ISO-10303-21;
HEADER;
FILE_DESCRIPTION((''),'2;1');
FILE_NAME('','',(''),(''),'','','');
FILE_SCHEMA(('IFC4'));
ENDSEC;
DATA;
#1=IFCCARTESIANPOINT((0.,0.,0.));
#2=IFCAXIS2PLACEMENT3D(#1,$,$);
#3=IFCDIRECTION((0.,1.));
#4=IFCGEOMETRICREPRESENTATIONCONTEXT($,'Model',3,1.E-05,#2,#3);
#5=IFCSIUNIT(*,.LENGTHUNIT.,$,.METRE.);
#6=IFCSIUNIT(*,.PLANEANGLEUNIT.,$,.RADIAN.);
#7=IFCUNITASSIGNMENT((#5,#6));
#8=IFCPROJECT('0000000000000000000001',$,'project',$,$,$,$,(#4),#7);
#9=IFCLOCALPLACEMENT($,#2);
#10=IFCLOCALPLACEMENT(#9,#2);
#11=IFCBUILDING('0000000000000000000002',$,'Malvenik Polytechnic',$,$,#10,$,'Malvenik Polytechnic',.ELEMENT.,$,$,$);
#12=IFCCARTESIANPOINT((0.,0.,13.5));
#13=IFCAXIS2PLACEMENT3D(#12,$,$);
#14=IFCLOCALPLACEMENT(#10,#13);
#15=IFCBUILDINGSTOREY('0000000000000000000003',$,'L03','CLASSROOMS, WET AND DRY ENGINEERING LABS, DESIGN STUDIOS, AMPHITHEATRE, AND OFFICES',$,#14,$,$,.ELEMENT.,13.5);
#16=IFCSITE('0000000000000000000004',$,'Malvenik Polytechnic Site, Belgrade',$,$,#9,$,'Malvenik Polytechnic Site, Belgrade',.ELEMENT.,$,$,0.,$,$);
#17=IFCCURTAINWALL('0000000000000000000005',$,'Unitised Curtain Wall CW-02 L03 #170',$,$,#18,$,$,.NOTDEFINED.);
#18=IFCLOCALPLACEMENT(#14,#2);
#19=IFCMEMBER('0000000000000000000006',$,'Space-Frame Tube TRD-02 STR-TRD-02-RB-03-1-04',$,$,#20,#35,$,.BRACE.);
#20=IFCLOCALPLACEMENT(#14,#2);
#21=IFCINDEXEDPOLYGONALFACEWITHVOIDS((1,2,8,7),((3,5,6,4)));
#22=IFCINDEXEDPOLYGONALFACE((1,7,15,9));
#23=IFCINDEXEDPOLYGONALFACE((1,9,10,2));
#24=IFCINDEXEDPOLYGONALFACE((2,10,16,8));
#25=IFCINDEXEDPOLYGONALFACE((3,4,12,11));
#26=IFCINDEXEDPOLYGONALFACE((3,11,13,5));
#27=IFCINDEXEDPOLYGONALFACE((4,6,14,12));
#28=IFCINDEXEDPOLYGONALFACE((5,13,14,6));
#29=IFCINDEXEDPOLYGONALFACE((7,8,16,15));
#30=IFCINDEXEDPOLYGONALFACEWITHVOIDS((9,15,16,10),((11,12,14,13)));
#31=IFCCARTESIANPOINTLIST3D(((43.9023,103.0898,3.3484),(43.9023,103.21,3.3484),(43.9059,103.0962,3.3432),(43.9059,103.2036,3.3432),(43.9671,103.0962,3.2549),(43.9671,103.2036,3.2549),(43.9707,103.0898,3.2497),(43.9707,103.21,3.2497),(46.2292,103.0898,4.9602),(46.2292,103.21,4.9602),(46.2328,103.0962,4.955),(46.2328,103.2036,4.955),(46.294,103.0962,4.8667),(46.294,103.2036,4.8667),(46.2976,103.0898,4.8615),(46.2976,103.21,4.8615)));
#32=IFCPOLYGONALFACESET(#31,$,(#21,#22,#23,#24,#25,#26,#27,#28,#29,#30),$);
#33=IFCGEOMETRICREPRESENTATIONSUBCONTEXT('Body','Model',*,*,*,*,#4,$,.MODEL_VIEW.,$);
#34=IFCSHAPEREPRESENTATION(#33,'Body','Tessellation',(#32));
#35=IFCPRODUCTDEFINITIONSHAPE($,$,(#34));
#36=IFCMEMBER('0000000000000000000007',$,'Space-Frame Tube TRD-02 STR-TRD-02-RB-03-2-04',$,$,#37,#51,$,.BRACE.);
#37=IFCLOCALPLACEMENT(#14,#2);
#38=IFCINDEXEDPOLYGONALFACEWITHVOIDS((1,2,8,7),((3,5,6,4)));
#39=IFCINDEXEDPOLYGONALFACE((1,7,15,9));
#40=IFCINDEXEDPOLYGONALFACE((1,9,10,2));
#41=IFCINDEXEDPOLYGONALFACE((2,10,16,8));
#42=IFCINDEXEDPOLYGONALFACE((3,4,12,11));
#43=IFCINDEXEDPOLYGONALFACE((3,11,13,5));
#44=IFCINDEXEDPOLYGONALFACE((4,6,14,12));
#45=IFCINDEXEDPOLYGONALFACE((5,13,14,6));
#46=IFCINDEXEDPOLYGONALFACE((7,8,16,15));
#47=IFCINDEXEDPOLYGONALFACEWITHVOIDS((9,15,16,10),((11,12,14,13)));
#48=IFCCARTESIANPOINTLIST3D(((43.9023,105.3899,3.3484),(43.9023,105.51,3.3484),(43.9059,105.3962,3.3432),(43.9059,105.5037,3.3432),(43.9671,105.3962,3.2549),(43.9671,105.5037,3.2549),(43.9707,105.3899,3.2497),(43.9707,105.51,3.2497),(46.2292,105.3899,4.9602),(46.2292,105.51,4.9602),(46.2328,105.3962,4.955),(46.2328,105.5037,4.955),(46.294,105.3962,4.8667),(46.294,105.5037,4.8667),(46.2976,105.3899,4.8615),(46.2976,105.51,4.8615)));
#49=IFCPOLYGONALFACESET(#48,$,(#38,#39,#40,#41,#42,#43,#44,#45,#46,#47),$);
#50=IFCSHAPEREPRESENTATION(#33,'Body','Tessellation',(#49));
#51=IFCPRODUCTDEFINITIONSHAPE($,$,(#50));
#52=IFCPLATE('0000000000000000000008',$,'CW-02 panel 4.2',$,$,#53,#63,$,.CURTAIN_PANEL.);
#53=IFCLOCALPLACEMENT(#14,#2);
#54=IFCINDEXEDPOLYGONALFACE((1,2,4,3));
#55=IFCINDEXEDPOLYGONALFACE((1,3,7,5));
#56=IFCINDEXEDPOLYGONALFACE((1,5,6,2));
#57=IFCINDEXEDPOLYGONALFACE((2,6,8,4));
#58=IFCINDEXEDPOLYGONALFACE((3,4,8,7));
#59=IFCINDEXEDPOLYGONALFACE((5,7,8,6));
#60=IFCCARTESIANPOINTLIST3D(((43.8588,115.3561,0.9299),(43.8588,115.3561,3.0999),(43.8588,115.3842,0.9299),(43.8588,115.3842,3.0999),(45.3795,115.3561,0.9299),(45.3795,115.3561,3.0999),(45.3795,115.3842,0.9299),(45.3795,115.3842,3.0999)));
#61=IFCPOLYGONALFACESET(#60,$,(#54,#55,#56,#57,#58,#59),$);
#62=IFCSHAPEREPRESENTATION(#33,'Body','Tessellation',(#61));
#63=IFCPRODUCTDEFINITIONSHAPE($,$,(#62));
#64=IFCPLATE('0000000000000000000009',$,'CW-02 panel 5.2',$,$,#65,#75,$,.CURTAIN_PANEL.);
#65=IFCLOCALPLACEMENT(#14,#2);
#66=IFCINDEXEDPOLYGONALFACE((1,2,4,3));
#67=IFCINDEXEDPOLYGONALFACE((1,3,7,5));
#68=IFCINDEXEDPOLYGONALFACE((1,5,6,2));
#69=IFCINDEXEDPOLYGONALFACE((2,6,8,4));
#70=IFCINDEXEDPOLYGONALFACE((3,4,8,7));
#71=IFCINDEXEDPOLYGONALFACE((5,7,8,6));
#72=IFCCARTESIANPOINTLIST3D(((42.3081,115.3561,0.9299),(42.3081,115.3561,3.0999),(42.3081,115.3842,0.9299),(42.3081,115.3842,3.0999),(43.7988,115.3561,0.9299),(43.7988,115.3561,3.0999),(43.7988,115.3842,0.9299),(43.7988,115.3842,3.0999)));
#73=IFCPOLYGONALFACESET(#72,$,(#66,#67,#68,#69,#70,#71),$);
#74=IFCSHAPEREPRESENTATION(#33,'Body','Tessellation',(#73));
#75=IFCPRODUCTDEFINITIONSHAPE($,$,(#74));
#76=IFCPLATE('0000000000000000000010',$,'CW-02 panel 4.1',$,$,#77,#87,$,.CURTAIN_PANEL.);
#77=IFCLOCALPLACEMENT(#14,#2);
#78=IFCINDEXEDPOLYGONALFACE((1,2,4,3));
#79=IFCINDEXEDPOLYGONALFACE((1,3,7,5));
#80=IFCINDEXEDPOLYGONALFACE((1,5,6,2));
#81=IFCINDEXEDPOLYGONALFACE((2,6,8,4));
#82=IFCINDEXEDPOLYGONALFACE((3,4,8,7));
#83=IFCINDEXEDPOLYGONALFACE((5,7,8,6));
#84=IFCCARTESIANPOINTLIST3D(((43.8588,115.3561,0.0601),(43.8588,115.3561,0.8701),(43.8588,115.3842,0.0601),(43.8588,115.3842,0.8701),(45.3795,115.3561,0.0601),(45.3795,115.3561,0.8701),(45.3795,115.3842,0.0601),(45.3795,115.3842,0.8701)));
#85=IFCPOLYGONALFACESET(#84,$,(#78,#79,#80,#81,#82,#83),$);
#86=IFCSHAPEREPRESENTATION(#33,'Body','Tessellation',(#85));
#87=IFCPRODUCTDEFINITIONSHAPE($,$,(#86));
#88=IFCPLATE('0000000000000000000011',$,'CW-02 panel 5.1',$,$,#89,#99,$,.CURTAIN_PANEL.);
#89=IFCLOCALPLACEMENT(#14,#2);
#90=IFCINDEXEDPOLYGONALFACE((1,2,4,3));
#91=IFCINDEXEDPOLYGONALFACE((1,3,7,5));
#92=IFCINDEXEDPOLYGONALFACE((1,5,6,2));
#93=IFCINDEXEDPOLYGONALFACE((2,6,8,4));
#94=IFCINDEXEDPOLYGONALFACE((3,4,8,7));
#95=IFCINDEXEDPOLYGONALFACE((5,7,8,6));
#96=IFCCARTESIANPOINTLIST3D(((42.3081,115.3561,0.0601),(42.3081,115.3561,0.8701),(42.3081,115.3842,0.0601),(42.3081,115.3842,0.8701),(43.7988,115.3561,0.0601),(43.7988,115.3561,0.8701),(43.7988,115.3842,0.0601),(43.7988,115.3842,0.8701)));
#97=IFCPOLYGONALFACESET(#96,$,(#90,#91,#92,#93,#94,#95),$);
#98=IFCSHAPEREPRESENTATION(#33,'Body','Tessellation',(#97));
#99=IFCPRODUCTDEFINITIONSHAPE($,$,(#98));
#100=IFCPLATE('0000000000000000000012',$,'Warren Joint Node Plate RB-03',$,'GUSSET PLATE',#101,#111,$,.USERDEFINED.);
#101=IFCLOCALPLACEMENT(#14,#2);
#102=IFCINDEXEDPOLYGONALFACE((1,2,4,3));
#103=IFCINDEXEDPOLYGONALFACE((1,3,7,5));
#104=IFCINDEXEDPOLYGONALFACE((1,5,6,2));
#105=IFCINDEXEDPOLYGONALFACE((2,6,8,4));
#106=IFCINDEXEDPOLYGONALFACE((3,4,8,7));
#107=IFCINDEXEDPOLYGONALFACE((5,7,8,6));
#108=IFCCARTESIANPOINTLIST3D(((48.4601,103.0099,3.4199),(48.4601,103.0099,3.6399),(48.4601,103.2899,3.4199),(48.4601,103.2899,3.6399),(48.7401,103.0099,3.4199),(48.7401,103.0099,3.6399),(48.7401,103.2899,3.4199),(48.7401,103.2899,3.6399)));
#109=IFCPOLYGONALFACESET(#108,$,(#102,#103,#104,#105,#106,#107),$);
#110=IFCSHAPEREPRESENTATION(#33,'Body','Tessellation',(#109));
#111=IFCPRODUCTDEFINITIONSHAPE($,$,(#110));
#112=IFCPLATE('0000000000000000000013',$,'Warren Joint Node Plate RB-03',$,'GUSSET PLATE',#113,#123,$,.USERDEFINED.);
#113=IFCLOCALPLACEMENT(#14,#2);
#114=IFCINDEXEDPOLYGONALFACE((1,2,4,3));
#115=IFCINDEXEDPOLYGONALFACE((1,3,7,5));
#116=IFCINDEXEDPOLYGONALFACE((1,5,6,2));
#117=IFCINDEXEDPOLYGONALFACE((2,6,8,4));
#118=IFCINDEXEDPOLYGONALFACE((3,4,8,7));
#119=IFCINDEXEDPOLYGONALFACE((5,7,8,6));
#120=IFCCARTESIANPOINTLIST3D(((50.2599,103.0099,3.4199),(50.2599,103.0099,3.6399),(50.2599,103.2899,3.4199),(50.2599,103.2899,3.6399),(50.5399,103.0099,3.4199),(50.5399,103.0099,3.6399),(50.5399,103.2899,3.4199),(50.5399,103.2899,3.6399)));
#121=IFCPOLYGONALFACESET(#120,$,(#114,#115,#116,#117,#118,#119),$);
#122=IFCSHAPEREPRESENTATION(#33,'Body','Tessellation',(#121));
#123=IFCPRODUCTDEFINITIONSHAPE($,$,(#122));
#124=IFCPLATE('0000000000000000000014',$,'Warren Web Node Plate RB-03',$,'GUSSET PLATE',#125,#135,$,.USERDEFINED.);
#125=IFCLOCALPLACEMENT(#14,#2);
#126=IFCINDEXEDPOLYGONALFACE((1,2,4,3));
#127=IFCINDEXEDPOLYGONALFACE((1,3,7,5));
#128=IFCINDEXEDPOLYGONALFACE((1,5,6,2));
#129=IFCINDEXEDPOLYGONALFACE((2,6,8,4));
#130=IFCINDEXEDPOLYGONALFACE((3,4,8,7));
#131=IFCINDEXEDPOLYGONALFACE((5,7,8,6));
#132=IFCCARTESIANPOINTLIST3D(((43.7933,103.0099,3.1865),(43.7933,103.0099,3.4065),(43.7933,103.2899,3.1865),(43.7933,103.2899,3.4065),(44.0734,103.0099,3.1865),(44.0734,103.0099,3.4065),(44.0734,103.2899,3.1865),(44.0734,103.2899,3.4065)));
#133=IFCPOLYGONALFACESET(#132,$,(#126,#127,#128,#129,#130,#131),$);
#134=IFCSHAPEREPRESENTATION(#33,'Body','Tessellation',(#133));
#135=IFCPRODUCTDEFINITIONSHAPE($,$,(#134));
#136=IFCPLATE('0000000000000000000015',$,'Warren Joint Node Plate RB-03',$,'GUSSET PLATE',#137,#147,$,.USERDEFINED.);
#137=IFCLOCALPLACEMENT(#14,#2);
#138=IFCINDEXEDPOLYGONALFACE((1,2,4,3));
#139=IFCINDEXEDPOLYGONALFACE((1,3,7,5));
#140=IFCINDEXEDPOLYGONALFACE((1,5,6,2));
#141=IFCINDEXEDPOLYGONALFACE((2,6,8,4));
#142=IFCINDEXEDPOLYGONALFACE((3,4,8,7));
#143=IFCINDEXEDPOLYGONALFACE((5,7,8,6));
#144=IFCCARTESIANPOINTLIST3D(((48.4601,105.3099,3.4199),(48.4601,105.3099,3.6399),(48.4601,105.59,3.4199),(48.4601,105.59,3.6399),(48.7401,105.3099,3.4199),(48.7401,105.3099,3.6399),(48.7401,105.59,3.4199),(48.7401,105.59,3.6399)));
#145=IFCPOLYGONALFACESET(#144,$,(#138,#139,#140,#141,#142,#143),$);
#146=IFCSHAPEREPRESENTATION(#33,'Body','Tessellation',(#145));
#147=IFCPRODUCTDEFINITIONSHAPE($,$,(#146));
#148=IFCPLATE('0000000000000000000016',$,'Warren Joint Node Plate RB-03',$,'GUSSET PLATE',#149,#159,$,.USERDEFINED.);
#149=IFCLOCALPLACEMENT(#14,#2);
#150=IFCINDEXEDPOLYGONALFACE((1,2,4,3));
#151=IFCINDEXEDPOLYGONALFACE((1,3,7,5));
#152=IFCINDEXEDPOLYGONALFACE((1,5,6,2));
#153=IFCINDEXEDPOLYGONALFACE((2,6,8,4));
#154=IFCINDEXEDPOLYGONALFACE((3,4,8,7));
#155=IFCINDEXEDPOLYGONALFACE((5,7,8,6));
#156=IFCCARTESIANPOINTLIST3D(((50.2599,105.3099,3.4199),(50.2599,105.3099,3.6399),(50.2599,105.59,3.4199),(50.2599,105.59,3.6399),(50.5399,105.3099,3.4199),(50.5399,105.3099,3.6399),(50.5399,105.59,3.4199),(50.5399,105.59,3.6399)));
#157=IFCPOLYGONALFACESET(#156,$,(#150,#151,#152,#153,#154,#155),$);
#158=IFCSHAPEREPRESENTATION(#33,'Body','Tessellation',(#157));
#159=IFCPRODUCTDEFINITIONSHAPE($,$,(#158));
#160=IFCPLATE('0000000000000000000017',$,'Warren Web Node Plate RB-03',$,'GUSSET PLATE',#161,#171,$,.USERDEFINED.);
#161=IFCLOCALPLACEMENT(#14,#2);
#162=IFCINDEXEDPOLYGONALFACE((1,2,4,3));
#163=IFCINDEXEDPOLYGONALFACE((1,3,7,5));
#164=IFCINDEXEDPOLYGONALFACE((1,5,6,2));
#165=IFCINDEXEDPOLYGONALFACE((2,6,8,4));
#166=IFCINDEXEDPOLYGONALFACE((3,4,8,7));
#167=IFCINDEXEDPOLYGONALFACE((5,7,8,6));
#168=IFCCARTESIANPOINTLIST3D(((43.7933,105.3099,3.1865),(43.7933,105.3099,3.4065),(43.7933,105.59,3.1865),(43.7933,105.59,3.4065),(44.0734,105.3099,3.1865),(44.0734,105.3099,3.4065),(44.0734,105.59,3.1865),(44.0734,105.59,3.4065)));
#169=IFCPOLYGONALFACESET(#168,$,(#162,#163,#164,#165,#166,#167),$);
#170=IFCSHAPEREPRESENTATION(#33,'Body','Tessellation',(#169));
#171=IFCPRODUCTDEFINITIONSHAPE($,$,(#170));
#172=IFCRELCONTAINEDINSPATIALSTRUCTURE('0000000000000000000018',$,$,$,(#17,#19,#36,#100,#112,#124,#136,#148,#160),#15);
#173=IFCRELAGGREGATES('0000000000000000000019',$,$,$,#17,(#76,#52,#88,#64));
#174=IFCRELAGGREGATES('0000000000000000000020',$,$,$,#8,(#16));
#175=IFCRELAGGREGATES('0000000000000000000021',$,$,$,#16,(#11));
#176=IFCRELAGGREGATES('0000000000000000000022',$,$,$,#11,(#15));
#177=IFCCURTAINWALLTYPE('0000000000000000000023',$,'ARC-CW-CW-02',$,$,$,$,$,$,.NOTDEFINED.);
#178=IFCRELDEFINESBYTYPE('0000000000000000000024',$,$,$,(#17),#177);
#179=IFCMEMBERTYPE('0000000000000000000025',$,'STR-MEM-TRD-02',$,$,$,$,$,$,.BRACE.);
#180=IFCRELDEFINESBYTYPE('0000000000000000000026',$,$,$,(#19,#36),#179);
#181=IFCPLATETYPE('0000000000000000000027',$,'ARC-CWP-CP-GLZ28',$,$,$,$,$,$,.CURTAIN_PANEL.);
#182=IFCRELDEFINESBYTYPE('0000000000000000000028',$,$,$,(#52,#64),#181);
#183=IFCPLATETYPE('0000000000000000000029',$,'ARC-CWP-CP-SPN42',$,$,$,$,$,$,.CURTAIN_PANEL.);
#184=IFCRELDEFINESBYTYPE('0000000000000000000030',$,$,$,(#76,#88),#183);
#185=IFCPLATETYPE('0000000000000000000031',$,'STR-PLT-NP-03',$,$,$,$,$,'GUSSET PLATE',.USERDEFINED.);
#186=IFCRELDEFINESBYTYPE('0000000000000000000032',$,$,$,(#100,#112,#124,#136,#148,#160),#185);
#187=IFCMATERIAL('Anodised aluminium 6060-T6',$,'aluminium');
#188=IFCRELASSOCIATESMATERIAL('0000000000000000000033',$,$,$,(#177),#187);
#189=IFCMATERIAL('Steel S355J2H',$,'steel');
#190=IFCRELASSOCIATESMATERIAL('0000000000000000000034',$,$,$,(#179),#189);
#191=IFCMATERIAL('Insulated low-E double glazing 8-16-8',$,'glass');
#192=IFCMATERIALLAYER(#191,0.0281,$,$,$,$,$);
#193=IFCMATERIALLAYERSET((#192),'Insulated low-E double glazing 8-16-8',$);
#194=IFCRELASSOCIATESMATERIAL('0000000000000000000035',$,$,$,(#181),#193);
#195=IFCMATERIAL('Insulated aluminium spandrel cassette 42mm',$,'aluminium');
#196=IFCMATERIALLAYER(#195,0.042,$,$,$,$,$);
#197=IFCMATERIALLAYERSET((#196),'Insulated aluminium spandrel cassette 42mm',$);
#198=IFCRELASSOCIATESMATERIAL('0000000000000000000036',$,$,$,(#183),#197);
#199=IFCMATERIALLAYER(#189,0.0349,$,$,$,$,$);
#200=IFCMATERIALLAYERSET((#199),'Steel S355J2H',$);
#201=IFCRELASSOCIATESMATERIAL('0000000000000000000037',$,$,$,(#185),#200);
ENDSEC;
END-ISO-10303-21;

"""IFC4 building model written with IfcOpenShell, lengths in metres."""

from ifc_helpers import new_model, si_unit, direction, frame, origin, origin_2d, place, context, subcontext, project, spatial, rectangle, hollow_rectangle, extrude, material, layer, layer_set, material_profile, profile_set, type_object, element, aggregate, save


model = new_model("IFC4")

# Units and contexts
model_context = context("Model", 3, precision=1e-05, world=origin(), true_north=direction((0.0, 1.0)))
body_context = subcontext(model_context, "Body", "Model", "MODEL_VIEW")
ifc_project = project(units=[si_unit("LENGTHUNIT", "METRE"), si_unit("PLANEANGLEUNIT", "RADIAN")], contexts=[model_context])

# Site, building, storey
site_placement = place(None, origin())
site = spatial("IfcSite", under=ifc_project, at=site_placement, Name="Malvenik Polytechnic Site, Belgrade", LongName="Malvenik Polytechnic Site, Belgrade", CompositionType="ELEMENT", RefElevation=0.0)
building_placement = place(site_placement, origin())
building = spatial("IfcBuilding", under=site, at=building_placement, Name="Malvenik Polytechnic", LongName="Malvenik Polytechnic", CompositionType="ELEMENT")
storey_placement = place(building_placement, frame((0.0, 0.0, 13.5)))
storey = spatial("IfcBuildingStorey", under=building, at=storey_placement, Name="L03", Description="CLASSROOMS, WET AND DRY ENGINEERING LABS, DESIGN STUDIOS, AMPHITHEATRE, AND OFFICES", CompositionType="ELEMENT", Elevation=13.5)

# Shared definitions
ifc_material_1 = material(Name="Steel S355J2H", Category="steel")

# Curtain wall
ifc_material_2 = material(Name="Anodised aluminium 6060-T6", Category="aluminium")
curtain_wall_type = type_object("IfcCurtainWallType", Name="ARC-CW-CW-02", PredefinedType="NOTDEFINED", material=ifc_material_2)
curtain_wall_placement = place(storey_placement, origin())
curtain_wall = element("IfcCurtainWall", 1, at=curtain_wall_placement, inside=storey, type_object=curtain_wall_type, Name="Unitised Curtain Wall CW-02 L03 #170", PredefinedType="NOTDEFINED")

# Members
ifc_material_profile_1 = material_profile(ifc_material_1, hollow_rectangle(XDim=0.1201, YDim=0.1201, WallThickness=0.0063, at=origin_2d()), Name="SHS 120x120x6.3")
ifc_profile_set_1 = profile_set([ifc_material_profile_1], Name="Steel S355J2H")
member_type_1 = type_object("IfcMemberType", Name="STR-MEM-TRD-02", PredefinedType="BRACE", material=ifc_profile_set_1)
for number, where, z_axis, x_axis, name in (
    (2, (43.9365, 103.1499, 3.2991), (0.822046, 0.0, 0.569421), (0.0, 1.0, 0.0), "Space-Frame Tube TRD-02 STR-TRD-02-RB-03-1-04"),
    (3, (43.9365, 105.45, 3.2991), (0.822046, 0.0, 0.569421), (0.0, 1.0, 0.0), "Space-Frame Tube TRD-02 STR-TRD-02-RB-03-2-04"),
):
    element("IfcMember", number, at=place(storey_placement, frame(where, z_axis=z_axis, x_axis=x_axis)), inside=storey, type_object=member_type_1, Name=name, PredefinedType="BRACE", context=body_context, shape_type="SweptSolid", body=[
        extrude(hollow_rectangle(XDim=0.1201, YDim=0.1201, WallThickness=0.0063, at=origin_2d()), origin(), (0.0, 0.0, 1.0), 2.8306),
    ])

# Plates
ifc_material_3 = material(Name="Insulated low-E double glazing 8-16-8", Category="glass")
ifc_layer_1 = layer(ifc_material_3, 0.0281)
ifc_layer_set_1 = layer_set([ifc_layer_1], Name="Insulated low-E double glazing 8-16-8")
plate_type_1 = type_object("IfcPlateType", Name="ARC-CWP-CP-GLZ28", PredefinedType="CURTAIN_PANEL", material=ifc_layer_set_1)
plate_1_placement = place(storey_placement, frame((44.6191, 115.3701, 0.9299), z_axis=(0.0, 0.0, 1.0), x_axis=(-1.0, 0.0, 0.0)))
plate_1 = element("IfcPlate", 4, at=plate_1_placement, type_object=plate_type_1, Name="CW-02 panel 4.2", PredefinedType="CURTAIN_PANEL", context=body_context, shape_type="SweptSolid", body=[
    extrude(rectangle(XDim=1.5208, YDim=0.0281, at=origin_2d()), origin(), (0.0, 0.0, 1.0), 2.1699),
])
plate_2_placement = place(storey_placement, frame((43.0535, 115.3701, 0.9299), z_axis=(0.0, 0.0, 1.0), x_axis=(-1.0, 0.0, 0.0)))
plate_2 = element("IfcPlate", 5, at=plate_2_placement, type_object=plate_type_1, Name="CW-02 panel 5.2", PredefinedType="CURTAIN_PANEL", context=body_context, shape_type="SweptSolid", body=[
    extrude(rectangle(XDim=1.4907, YDim=0.0281, at=origin_2d()), origin(), (0.0, 0.0, 1.0), 2.1699),
])
ifc_material_4 = material(Name="Insulated aluminium spandrel cassette 42mm", Category="aluminium")
ifc_layer_2 = layer(ifc_material_4, 0.042)
ifc_layer_set_2 = layer_set([ifc_layer_2], Name="Insulated aluminium spandrel cassette 42mm")
plate_type_2 = type_object("IfcPlateType", Name="ARC-CWP-CP-SPN42", PredefinedType="CURTAIN_PANEL", material=ifc_layer_set_2)
plate_3_placement = place(storey_placement, frame((44.6191, 115.3701, 0.0601), z_axis=(0.0, 0.0, 1.0), x_axis=(-1.0, 0.0, 0.0)))
plate_3 = element("IfcPlate", 6, at=plate_3_placement, type_object=plate_type_2, Name="CW-02 panel 4.1", PredefinedType="CURTAIN_PANEL", context=body_context, shape_type="SweptSolid", body=[
    extrude(rectangle(XDim=1.5208, YDim=0.0281, at=origin_2d()), origin(), (0.0, 0.0, 1.0), 0.8101),
])
plate_4_placement = place(storey_placement, frame((43.0535, 115.3701, 0.0601), z_axis=(0.0, 0.0, 1.0), x_axis=(-1.0, 0.0, 0.0)))
plate_4 = element("IfcPlate", 7, at=plate_4_placement, type_object=plate_type_2, Name="CW-02 panel 5.1", PredefinedType="CURTAIN_PANEL", context=body_context, shape_type="SweptSolid", body=[
    extrude(rectangle(XDim=1.4907, YDim=0.0281, at=origin_2d()), origin(), (0.0, 0.0, 1.0), 0.8101),
])
aggregate(curtain_wall, [plate_3, plate_1, plate_4, plate_2])

# Plates
ifc_layer_3 = layer(ifc_material_1, 0.0349)
ifc_layer_set_3 = layer_set([ifc_layer_3], Name="Steel S355J2H")
plate_type_3 = type_object("IfcPlateType", Name="STR-PLT-NP-03", ElementType="GUSSET PLATE", PredefinedType="USERDEFINED", material=ifc_layer_set_3)
for number, where, z_axis, x_axis, name in (
    (8, (48.6001, 103.1499, 3.4199), (0.0, 0.0, 1.0), (1.0, 0.0, 0.0), "Warren Joint Node Plate RB-03"),
    (9, (50.3999, 103.1499, 3.4199), (0.0, 0.0, 1.0), (1.0, 0.0, 0.0), "Warren Joint Node Plate RB-03"),
    (10, (43.9333, 103.1499, 3.1865), (0.0, 0.0, 1.0), (1.0, 0.0, 0.0), "Warren Web Node Plate RB-03"),
    (11, (48.6001, 105.45, 3.4199), (0.0, 0.0, 1.0), (1.0, 0.0, 0.0), "Warren Joint Node Plate RB-03"),
    (12, (50.3999, 105.45, 3.4199), (0.0, 0.0, 1.0), (1.0, 0.0, 0.0), "Warren Joint Node Plate RB-03"),
    (13, (43.9333, 105.45, 3.1865), (0.0, 0.0, 1.0), (1.0, 0.0, 0.0), "Warren Web Node Plate RB-03"),
):
    element("IfcPlate", number, at=place(storey_placement, frame(where, z_axis=z_axis, x_axis=x_axis)), inside=storey, type_object=plate_type_3, Name=name, ObjectType="GUSSET PLATE", PredefinedType="USERDEFINED", context=body_context, shape_type="SweptSolid", body=[
        extrude(rectangle(XDim=0.28, YDim=0.28, at=origin_2d()), origin(), (0.0, 0.0, 1.0), 0.22),
    ])

save(model, "model.ifc")
